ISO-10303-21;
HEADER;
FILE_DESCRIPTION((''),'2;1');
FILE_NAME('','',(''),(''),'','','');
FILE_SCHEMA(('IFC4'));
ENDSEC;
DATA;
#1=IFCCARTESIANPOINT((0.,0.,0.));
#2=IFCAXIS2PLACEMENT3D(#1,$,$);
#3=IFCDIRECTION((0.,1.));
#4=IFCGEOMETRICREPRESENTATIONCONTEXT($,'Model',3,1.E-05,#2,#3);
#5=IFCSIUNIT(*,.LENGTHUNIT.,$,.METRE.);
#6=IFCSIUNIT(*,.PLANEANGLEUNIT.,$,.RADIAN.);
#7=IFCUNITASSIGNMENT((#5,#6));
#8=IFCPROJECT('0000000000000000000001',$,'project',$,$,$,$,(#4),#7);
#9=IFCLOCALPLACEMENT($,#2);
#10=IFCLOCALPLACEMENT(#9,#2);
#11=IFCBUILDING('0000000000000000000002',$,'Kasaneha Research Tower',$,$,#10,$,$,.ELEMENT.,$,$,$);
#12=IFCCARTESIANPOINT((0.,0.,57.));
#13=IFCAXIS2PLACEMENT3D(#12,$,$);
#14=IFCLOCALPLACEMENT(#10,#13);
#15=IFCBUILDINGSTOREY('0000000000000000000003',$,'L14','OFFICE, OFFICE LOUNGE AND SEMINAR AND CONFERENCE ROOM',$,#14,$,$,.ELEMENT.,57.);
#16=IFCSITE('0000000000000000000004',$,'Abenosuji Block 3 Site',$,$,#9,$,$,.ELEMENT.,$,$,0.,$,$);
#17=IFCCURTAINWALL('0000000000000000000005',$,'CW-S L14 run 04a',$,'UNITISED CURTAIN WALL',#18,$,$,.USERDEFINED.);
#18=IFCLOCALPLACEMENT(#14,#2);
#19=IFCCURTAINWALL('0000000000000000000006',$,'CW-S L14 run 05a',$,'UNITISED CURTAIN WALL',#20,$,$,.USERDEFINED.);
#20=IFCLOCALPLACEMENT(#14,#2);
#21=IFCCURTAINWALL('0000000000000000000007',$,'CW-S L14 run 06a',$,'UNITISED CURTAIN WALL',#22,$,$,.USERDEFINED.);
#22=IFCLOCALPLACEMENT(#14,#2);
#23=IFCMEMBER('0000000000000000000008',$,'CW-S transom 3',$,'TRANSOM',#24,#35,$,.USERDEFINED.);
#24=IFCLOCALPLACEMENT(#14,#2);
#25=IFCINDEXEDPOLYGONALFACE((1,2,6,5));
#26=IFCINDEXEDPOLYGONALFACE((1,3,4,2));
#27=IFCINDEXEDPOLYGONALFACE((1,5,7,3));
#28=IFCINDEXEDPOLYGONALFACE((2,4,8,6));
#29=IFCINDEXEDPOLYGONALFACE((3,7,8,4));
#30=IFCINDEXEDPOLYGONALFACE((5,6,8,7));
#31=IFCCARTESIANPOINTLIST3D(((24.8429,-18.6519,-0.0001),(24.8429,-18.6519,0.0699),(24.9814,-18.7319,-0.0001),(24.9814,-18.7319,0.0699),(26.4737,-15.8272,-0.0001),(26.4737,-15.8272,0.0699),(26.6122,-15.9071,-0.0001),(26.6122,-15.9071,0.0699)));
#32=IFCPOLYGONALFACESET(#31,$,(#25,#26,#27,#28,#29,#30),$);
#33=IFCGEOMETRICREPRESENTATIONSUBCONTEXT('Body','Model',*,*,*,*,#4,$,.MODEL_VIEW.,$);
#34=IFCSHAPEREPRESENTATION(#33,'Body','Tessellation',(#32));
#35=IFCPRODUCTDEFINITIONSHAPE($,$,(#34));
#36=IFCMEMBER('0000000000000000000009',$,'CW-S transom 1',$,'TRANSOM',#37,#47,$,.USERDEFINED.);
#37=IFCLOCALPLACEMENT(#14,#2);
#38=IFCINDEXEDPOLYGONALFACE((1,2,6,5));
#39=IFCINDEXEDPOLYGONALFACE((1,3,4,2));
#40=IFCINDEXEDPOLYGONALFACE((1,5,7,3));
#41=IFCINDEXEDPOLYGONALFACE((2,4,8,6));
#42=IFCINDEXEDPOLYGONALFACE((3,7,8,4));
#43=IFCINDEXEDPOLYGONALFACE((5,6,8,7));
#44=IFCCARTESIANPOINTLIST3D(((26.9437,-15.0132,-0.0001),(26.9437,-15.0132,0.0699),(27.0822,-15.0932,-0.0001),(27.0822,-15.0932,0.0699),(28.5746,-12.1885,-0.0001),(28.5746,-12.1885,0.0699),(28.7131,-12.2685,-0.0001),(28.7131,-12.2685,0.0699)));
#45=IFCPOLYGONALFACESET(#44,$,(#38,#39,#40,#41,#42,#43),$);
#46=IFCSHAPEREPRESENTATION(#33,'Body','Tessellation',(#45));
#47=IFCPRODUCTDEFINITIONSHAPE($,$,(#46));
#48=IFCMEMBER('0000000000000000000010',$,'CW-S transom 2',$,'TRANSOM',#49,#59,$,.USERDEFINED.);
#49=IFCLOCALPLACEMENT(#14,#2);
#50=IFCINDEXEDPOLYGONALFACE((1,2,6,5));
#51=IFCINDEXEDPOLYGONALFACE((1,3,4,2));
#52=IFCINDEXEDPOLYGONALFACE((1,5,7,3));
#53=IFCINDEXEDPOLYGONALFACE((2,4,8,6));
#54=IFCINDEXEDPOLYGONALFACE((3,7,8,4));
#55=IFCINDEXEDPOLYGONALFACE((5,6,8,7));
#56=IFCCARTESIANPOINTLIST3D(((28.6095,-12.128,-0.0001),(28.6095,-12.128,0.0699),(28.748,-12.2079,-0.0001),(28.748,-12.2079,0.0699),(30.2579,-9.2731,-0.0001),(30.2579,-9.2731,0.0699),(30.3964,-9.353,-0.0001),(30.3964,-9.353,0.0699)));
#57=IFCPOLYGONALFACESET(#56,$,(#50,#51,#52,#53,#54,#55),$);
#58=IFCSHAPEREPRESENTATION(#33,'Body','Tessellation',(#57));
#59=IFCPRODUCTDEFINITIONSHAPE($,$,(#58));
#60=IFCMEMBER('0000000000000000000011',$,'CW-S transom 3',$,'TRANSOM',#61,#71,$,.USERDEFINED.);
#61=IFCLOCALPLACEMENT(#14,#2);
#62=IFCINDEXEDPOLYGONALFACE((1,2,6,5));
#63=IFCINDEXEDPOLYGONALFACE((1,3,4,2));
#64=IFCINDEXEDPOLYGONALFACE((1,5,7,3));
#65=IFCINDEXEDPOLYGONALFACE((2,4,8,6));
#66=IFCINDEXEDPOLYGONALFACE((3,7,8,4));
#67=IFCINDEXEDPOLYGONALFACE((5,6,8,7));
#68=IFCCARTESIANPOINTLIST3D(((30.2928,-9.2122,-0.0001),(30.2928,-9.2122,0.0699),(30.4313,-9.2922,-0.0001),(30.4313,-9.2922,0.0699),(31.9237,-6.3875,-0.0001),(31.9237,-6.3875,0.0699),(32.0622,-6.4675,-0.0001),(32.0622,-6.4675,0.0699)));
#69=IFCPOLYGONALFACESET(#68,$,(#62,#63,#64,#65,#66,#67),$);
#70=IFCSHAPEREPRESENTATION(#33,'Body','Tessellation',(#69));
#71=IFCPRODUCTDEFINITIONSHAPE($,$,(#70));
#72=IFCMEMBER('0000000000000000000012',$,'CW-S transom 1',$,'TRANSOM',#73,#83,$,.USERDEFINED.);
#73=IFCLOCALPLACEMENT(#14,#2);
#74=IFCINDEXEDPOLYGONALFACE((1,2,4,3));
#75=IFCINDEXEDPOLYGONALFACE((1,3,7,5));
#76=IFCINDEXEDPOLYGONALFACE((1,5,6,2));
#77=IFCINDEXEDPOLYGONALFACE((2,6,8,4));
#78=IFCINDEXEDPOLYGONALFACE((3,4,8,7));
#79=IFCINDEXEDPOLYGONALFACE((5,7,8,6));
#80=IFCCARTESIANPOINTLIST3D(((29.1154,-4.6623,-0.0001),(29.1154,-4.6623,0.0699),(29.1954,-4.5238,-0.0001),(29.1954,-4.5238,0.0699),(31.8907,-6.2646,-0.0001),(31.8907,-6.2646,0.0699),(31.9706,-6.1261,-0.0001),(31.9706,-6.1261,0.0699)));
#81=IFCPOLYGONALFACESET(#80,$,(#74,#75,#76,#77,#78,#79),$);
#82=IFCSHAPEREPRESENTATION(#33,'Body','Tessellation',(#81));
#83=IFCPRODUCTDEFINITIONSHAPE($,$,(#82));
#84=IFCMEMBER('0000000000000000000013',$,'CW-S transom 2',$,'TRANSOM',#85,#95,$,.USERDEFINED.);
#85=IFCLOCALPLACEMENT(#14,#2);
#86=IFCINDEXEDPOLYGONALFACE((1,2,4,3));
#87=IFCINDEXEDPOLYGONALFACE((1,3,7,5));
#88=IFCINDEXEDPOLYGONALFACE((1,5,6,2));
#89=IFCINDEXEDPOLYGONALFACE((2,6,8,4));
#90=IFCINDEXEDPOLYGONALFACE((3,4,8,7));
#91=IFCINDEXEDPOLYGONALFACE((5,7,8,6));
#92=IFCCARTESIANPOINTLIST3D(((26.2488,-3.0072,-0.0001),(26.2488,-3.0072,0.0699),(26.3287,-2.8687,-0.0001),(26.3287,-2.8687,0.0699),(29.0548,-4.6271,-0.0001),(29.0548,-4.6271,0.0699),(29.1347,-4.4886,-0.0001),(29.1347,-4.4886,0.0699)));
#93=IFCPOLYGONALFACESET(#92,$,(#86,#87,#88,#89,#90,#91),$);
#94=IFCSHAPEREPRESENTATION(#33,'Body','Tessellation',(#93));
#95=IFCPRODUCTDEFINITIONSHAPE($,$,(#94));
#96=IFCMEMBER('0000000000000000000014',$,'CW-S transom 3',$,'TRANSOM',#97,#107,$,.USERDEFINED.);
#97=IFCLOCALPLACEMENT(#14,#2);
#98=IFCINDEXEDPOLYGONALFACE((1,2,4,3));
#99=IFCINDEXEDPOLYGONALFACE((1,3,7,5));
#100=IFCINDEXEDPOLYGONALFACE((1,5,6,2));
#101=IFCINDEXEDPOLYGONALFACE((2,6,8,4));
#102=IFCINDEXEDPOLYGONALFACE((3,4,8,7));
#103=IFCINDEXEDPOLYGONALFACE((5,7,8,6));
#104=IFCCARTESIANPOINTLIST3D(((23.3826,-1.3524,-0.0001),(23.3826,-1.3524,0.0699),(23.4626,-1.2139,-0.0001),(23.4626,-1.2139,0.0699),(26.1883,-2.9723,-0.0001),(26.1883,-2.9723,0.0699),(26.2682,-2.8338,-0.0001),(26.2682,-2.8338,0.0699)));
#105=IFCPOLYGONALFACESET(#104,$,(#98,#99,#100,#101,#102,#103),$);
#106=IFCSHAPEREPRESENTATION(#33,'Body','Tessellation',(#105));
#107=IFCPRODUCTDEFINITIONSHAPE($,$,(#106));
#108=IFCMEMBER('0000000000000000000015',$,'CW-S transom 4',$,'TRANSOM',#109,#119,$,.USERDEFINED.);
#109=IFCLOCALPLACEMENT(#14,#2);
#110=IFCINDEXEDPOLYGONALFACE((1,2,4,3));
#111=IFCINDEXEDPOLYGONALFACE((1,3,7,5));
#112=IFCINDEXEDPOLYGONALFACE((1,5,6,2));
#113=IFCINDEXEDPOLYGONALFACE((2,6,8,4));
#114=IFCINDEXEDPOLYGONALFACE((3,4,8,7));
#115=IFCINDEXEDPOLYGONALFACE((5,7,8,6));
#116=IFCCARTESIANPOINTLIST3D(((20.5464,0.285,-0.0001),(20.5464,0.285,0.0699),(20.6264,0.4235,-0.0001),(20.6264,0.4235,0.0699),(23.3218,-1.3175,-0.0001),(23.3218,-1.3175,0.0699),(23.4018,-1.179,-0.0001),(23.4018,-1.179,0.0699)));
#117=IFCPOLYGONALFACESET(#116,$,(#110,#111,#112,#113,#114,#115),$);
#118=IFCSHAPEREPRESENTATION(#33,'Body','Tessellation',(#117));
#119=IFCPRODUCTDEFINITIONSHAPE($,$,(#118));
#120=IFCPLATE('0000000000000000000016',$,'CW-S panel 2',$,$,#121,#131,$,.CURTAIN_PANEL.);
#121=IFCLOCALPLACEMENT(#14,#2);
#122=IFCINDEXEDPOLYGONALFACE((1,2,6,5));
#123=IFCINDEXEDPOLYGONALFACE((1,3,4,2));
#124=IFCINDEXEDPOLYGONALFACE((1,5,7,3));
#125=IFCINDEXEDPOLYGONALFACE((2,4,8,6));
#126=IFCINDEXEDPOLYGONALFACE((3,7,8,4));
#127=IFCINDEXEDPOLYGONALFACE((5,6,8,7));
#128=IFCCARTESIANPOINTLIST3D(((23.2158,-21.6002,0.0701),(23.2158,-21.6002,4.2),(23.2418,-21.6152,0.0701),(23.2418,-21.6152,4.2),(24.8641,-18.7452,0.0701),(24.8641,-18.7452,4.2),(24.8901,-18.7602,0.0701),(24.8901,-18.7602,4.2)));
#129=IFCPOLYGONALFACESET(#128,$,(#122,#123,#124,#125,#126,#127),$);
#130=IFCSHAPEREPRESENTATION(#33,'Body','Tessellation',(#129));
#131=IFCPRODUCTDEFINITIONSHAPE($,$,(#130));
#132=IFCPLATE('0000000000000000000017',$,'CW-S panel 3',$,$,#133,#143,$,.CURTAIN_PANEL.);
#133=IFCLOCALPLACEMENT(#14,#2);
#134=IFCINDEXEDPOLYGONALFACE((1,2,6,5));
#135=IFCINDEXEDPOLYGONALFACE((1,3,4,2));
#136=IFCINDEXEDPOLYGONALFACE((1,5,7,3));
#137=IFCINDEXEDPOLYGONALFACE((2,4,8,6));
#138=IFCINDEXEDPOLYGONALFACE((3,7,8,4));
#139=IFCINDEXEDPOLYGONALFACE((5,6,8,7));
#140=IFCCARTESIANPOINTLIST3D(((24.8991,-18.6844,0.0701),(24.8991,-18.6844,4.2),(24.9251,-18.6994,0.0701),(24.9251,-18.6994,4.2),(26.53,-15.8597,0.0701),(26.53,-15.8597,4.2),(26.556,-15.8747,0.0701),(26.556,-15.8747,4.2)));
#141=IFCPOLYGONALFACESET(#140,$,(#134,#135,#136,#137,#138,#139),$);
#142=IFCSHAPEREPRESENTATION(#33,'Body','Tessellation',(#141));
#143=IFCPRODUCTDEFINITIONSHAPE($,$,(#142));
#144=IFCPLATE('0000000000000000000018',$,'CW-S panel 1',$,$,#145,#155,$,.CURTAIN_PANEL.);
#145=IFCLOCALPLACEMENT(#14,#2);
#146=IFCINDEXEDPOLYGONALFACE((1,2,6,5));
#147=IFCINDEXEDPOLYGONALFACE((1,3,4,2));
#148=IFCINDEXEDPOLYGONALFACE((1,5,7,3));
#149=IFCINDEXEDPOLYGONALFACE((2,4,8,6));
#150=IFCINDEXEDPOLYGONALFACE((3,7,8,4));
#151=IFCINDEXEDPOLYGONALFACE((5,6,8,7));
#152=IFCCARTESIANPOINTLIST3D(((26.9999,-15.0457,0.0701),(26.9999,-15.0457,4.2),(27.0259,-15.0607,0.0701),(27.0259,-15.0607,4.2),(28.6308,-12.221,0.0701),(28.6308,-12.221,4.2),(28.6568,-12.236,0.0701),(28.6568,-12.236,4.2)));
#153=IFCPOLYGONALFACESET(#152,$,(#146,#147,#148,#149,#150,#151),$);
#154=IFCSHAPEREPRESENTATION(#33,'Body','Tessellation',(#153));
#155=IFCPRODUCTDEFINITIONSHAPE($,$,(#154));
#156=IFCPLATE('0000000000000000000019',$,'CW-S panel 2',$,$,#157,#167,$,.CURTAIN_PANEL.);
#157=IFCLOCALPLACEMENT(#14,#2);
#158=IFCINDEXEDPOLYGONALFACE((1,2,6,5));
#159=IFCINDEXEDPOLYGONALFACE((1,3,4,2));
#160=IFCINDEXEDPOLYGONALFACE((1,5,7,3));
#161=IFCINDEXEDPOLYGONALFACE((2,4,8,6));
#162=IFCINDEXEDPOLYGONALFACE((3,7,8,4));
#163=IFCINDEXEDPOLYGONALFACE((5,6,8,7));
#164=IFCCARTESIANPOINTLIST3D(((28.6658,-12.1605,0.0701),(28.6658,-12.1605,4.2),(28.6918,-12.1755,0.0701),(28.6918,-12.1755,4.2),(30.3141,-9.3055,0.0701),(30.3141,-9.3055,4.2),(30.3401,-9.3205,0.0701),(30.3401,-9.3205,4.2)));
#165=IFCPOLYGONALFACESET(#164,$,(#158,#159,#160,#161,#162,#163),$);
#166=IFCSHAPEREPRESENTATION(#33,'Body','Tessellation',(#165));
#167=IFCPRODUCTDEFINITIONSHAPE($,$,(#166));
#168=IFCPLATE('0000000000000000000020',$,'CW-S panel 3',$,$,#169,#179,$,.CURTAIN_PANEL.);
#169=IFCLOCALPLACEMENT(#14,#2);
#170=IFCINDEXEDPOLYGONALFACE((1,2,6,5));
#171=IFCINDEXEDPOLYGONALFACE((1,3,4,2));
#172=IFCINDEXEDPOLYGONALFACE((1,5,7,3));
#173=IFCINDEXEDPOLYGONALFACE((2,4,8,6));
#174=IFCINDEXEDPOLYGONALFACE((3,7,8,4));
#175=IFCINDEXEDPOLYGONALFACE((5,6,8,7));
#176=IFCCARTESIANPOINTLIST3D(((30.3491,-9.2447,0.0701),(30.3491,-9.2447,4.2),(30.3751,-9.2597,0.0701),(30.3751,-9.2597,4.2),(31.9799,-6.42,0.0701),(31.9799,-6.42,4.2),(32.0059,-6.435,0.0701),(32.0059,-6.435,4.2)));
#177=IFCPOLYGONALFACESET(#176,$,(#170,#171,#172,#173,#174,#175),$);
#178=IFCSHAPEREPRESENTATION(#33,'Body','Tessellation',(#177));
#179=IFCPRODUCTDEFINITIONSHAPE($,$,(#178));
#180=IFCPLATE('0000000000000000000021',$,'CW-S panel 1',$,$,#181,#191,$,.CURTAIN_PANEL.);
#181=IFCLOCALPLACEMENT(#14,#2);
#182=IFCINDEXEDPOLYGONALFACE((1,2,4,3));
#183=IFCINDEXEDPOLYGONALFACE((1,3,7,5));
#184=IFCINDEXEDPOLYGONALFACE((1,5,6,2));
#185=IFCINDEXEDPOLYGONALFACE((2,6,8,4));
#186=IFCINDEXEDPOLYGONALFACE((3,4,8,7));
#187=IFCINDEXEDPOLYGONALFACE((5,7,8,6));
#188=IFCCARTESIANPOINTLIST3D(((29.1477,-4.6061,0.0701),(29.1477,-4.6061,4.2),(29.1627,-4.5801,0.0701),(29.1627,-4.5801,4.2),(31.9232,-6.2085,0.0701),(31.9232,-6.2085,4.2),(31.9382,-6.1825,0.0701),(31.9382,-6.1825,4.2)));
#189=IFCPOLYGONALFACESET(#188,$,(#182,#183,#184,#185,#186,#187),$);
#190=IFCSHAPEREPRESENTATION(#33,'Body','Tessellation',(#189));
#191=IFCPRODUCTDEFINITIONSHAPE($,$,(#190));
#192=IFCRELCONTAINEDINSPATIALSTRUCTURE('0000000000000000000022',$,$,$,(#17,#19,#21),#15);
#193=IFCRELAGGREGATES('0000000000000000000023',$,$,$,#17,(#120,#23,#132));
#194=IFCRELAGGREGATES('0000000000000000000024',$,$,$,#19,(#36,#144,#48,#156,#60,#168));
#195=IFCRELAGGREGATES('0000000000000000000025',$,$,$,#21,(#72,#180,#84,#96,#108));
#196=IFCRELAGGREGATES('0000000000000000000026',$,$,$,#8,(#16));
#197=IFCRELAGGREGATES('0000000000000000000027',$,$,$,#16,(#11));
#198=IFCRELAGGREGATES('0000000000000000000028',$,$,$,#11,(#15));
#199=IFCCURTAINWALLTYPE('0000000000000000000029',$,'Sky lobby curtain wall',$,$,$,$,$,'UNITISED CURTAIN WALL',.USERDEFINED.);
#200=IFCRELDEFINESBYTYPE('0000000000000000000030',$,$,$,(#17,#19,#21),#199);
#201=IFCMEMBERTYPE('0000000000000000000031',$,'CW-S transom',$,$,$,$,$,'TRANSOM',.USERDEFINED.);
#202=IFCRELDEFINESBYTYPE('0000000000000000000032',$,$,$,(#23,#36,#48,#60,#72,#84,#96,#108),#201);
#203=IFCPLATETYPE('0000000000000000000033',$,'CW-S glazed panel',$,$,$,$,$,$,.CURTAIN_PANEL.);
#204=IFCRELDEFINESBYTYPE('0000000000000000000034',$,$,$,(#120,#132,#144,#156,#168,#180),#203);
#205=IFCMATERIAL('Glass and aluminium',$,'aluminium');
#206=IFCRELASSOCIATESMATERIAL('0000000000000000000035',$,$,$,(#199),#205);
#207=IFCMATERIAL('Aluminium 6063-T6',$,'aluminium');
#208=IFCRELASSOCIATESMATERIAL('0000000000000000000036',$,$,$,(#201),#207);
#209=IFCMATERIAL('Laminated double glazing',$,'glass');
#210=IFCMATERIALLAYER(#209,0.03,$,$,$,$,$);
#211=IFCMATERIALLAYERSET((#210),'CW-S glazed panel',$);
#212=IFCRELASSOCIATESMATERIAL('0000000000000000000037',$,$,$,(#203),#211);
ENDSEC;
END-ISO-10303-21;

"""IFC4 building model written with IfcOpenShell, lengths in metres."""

from ifc_helpers import new_model, si_unit, direction, frame, origin, origin_2d, place, context, subcontext, project, spatial, rectangle, extrude, material, layer, layer_set, material_profile, profile_set, type_object, element, aggregate, save


model = new_model("IFC4")

# Units and contexts
model_context = context("Model", 3, precision=1e-05, world=origin(), true_north=direction((0.0, 1.0)))
body_context = subcontext(model_context, "Body", "Model", "MODEL_VIEW")
ifc_project = project(units=[si_unit("LENGTHUNIT", "METRE"), si_unit("PLANEANGLEUNIT", "RADIAN")], contexts=[model_context])

# Site, building, storey
site_placement = place(None, origin())
site = spatial("IfcSite", under=ifc_project, at=site_placement, Name="Abenosuji Block 3 Site", CompositionType="ELEMENT", RefElevation=0.0)
building_placement = place(site_placement, origin())
building = spatial("IfcBuilding", under=site, at=building_placement, Name="Kasaneha Research Tower", CompositionType="ELEMENT")
storey_placement = place(building_placement, frame((0.0, 0.0, 57.0)))
storey = spatial("IfcBuildingStorey", under=building, at=storey_placement, Name="L14", Description="OFFICE, OFFICE LOUNGE AND SEMINAR AND CONFERENCE ROOM", CompositionType="ELEMENT", Elevation=57.0)

# Curtain walls
ifc_material_1 = material(Name="Glass and aluminium", Category="aluminium")
curtain_wall_type = type_object("IfcCurtainWallType", Name="Sky lobby curtain wall", ElementType="UNITISED CURTAIN WALL", PredefinedType="USERDEFINED", material=ifc_material_1)
curtain_wall_1_placement = place(storey_placement, origin())
curtain_wall_1 = element("IfcCurtainWall", 1, at=curtain_wall_1_placement, inside=storey, type_object=curtain_wall_type, Name="CW-S L14 run 04a", ObjectType="UNITISED CURTAIN WALL", PredefinedType="USERDEFINED")
curtain_wall_2_placement = place(storey_placement, origin())
curtain_wall_2 = element("IfcCurtainWall", 2, at=curtain_wall_2_placement, inside=storey, type_object=curtain_wall_type, Name="CW-S L14 run 05a", ObjectType="UNITISED CURTAIN WALL", PredefinedType="USERDEFINED")
curtain_wall_3_placement = place(storey_placement, origin())
curtain_wall_3 = element("IfcCurtainWall", 3, at=curtain_wall_3_placement, inside=storey, type_object=curtain_wall_type, Name="CW-S L14 run 06a", ObjectType="UNITISED CURTAIN WALL", PredefinedType="USERDEFINED")

# Members
ifc_material_2 = material(Name="Aluminium 6063-T6", Category="aluminium")
ifc_material_profile_1 = material_profile(ifc_material_2, rectangle(XDim=0.1599, YDim=0.0701, at=origin_2d()), Name="CW-S transom 160x70")
ifc_profile_set_1 = profile_set([ifc_material_profile_1], Name="Aluminium 6063-T6")
member_type_1 = type_object("IfcMemberType", Name="CW-S transom", ElementType="TRANSOM", PredefinedType="USERDEFINED", material=ifc_profile_set_1)
member_1_placement = place(storey_placement, frame((24.9121, -18.6919, 0.0349), z_axis=(0.500003, 0.866024, 0.0), x_axis=(-0.866024, 0.500003, 0.0)))
member_1 = element("IfcMember", 4, at=member_1_placement, type_object=member_type_1, Name="CW-S transom 3", ObjectType="TRANSOM", PredefinedType="USERDEFINED", context=body_context, shape_type="SweptSolid", body=[
    extrude(rectangle(XDim=0.1599, YDim=0.0701, at=origin_2d()), origin(), (0.0, 0.0, 1.0), 3.2617),
])
member_2_placement = place(storey_placement, frame((27.0129, -15.0532, 0.0349), z_axis=(0.500003, 0.866024, 0.0), x_axis=(-0.866024, 0.500003, 0.0)))
member_2 = element("IfcMember", 5, at=member_2_placement, type_object=member_type_1, Name="CW-S transom 1", ObjectType="TRANSOM", PredefinedType="USERDEFINED", context=body_context, shape_type="SweptSolid", body=[
    extrude(rectangle(XDim=0.1599, YDim=0.0701, at=origin_2d()), origin(), (0.0, 0.0, 1.0), 3.2617),
])
member_3_placement = place(storey_placement, frame((28.6787, -12.168, 0.0349), z_axis=(0.500026, 0.86601, 0.0), x_axis=(-0.86601, 0.500026, 0.0)))
member_3 = element("IfcMember", 6, at=member_3_placement, type_object=member_type_1, Name="CW-S transom 2", ObjectType="TRANSOM", PredefinedType="USERDEFINED", context=body_context, shape_type="SweptSolid", body=[
    extrude(rectangle(XDim=0.1599, YDim=0.0701, at=origin_2d()), origin(), (0.0, 0.0, 1.0), 3.2966),
])
member_4_placement = place(storey_placement, frame((30.3621, -9.2522, 0.0349), z_axis=(0.500003, 0.866024, 0.0), x_axis=(-0.866024, 0.500003, 0.0)))
member_4 = element("IfcMember", 7, at=member_4_placement, type_object=member_type_1, Name="CW-S transom 3", ObjectType="TRANSOM", PredefinedType="USERDEFINED", context=body_context, shape_type="SweptSolid", body=[
    extrude(rectangle(XDim=0.1599, YDim=0.0701, at=origin_2d()), origin(), (0.0, 0.0, 1.0), 3.2617),
])
member_5_placement = place(storey_placement, frame((31.9307, -6.1953, 0.0349), z_axis=(-0.866036, 0.499982, 0.0), x_axis=(-0.499982, -0.866036, 0.0)))
member_5 = element("IfcMember", 8, at=member_5_placement, type_object=member_type_1, Name="CW-S transom 1", ObjectType="TRANSOM", PredefinedType="USERDEFINED", context=body_context, shape_type="SweptSolid", body=[
    extrude(rectangle(XDim=0.1599, YDim=0.0701, at=origin_2d()), origin(), (0.0, 0.0, 1.0), 3.2046),
])
member_6_placement = place(storey_placement, frame((29.0947, -4.5579, 0.0349), z_axis=(-0.866041, 0.499972, 0.0), x_axis=(-0.499972, -0.866041, 0.0)))
member_6 = element("IfcMember", 9, at=member_6_placement, type_object=member_type_1, Name="CW-S transom 2", ObjectType="TRANSOM", PredefinedType="USERDEFINED", context=body_context, shape_type="SweptSolid", body=[
    extrude(rectangle(XDim=0.1599, YDim=0.0701, at=origin_2d()), origin(), (0.0, 0.0, 1.0), 3.24),
])
member_7_placement = place(storey_placement, frame((26.2283, -2.9031, 0.0349), z_axis=(-0.866022, 0.500005, 0.0), x_axis=(-0.500005, -0.866022, 0.0)))
member_7 = element("IfcMember", 10, at=member_7_placement, type_object=member_type_1, Name="CW-S transom 3", ObjectType="TRANSOM", PredefinedType="USERDEFINED", context=body_context, shape_type="SweptSolid", body=[
    extrude(rectangle(XDim=0.1599, YDim=0.0701, at=origin_2d()), origin(), (0.0, 0.0, 1.0), 3.2397),
])
member_8_placement = place(storey_placement, frame((23.3618, -1.2483, 0.0349), z_axis=(-0.866003, 0.500039, 0.0), x_axis=(-0.500039, -0.866003, 0.0)))
member_8 = element("IfcMember", 11, at=member_8_placement, type_object=member_type_1, Name="CW-S transom 4", ObjectType="TRANSOM", PredefinedType="USERDEFINED", context=body_context, shape_type="SweptSolid", body=[
    extrude(rectangle(XDim=0.1599, YDim=0.0701, at=origin_2d()), origin(), (0.0, 0.0, 1.0), 3.2048),
])

# Plates
ifc_material_3 = material(Name="Laminated double glazing", Category="glass")
ifc_layer_1 = layer(ifc_material_3, 0.03)
ifc_layer_set_1 = layer_set([ifc_layer_1], Name="CW-S glazed panel")
plate_type = type_object("IfcPlateType", Name="CW-S glazed panel", PredefinedType="CURTAIN_PANEL", material=ifc_layer_set_1)
plate_1_placement = place(storey_placement, frame((24.053, -20.1802, 0.0701), z_axis=(0.0, 0.0, 1.0), x_axis=(0.5, 0.866025, 0.0)))
plate_1 = element("IfcPlate", 12, at=plate_1_placement, type_object=plate_type, Name="CW-S panel 2", PredefinedType="CURTAIN_PANEL", context=body_context, shape_type="SweptSolid", body=[
    extrude(rectangle(XDim=3.2966, YDim=0.03, at=origin_2d()), origin(), (0.0, 0.0, 1.0), 4.1299),
])
plate_2_placement = place(storey_placement, frame((25.7275, -17.2795, 0.0701), z_axis=(0.0, 0.0, 1.0), x_axis=(0.5, 0.866025, 0.0)))
plate_2 = element("IfcPlate", 13, at=plate_2_placement, type_object=plate_type, Name="CW-S panel 3", PredefinedType="CURTAIN_PANEL", context=body_context, shape_type="SweptSolid", body=[
    extrude(rectangle(XDim=3.2617, YDim=0.03, at=origin_2d()), origin(), (0.0, 0.0, 1.0), 4.1299),
])
aggregate(curtain_wall_1, [plate_1, member_1, plate_2])
plate_3_placement = place(storey_placement, frame((27.8284, -13.6409, 0.0701), z_axis=(0.0, 0.0, 1.0), x_axis=(0.5, 0.866025, 0.0)))
plate_3 = element("IfcPlate", 14, at=plate_3_placement, type_object=plate_type, Name="CW-S panel 1", PredefinedType="CURTAIN_PANEL", context=body_context, shape_type="SweptSolid", body=[
    extrude(rectangle(XDim=3.2617, YDim=0.03, at=origin_2d()), origin(), (0.0, 0.0, 1.0), 4.1299),
])
plate_4_placement = place(storey_placement, frame((29.5029, -10.7405, 0.0701), z_axis=(0.0, 0.0, 1.0), x_axis=(0.5, 0.866025, 0.0)))
plate_4 = element("IfcPlate", 15, at=plate_4_placement, type_object=plate_type, Name="CW-S panel 2", PredefinedType="CURTAIN_PANEL", context=body_context, shape_type="SweptSolid", body=[
    extrude(rectangle(XDim=3.2966, YDim=0.03, at=origin_2d()), origin(), (0.0, 0.0, 1.0), 4.1299),
])
plate_5_placement = place(storey_placement, frame((31.1775, -7.8398, 0.0701), z_axis=(0.0, 0.0, 1.0), x_axis=(0.5, 0.866025, 0.0)))
plate_5 = element("IfcPlate", 16, at=plate_5_placement, type_object=plate_type, Name="CW-S panel 3", PredefinedType="CURTAIN_PANEL", context=body_context, shape_type="SweptSolid", body=[
    extrude(rectangle(XDim=3.2617, YDim=0.03, at=origin_2d()), origin(), (0.0, 0.0, 1.0), 4.1299),
])
aggregate(curtain_wall_2, [member_2, plate_3, member_3, plate_4, member_4, plate_5])
plate_6_placement = place(storey_placement, frame((30.543, -5.3943, 0.0701), z_axis=(0.0, 0.0, 1.0), x_axis=(-0.866025, 0.5, 0.0)))
plate_6 = element("IfcPlate", 17, at=plate_6_placement, type_object=plate_type, Name="CW-S panel 1", PredefinedType="CURTAIN_PANEL", context=body_context, shape_type="SweptSolid", body=[
    extrude(rectangle(XDim=3.2048, YDim=0.03, at=origin_2d()), origin(), (0.0, 0.0, 1.0), 4.1299),
])
aggregate(curtain_wall_3, [member_5, plate_6, member_6, member_7, member_8])

save(model, "model.ifc")
